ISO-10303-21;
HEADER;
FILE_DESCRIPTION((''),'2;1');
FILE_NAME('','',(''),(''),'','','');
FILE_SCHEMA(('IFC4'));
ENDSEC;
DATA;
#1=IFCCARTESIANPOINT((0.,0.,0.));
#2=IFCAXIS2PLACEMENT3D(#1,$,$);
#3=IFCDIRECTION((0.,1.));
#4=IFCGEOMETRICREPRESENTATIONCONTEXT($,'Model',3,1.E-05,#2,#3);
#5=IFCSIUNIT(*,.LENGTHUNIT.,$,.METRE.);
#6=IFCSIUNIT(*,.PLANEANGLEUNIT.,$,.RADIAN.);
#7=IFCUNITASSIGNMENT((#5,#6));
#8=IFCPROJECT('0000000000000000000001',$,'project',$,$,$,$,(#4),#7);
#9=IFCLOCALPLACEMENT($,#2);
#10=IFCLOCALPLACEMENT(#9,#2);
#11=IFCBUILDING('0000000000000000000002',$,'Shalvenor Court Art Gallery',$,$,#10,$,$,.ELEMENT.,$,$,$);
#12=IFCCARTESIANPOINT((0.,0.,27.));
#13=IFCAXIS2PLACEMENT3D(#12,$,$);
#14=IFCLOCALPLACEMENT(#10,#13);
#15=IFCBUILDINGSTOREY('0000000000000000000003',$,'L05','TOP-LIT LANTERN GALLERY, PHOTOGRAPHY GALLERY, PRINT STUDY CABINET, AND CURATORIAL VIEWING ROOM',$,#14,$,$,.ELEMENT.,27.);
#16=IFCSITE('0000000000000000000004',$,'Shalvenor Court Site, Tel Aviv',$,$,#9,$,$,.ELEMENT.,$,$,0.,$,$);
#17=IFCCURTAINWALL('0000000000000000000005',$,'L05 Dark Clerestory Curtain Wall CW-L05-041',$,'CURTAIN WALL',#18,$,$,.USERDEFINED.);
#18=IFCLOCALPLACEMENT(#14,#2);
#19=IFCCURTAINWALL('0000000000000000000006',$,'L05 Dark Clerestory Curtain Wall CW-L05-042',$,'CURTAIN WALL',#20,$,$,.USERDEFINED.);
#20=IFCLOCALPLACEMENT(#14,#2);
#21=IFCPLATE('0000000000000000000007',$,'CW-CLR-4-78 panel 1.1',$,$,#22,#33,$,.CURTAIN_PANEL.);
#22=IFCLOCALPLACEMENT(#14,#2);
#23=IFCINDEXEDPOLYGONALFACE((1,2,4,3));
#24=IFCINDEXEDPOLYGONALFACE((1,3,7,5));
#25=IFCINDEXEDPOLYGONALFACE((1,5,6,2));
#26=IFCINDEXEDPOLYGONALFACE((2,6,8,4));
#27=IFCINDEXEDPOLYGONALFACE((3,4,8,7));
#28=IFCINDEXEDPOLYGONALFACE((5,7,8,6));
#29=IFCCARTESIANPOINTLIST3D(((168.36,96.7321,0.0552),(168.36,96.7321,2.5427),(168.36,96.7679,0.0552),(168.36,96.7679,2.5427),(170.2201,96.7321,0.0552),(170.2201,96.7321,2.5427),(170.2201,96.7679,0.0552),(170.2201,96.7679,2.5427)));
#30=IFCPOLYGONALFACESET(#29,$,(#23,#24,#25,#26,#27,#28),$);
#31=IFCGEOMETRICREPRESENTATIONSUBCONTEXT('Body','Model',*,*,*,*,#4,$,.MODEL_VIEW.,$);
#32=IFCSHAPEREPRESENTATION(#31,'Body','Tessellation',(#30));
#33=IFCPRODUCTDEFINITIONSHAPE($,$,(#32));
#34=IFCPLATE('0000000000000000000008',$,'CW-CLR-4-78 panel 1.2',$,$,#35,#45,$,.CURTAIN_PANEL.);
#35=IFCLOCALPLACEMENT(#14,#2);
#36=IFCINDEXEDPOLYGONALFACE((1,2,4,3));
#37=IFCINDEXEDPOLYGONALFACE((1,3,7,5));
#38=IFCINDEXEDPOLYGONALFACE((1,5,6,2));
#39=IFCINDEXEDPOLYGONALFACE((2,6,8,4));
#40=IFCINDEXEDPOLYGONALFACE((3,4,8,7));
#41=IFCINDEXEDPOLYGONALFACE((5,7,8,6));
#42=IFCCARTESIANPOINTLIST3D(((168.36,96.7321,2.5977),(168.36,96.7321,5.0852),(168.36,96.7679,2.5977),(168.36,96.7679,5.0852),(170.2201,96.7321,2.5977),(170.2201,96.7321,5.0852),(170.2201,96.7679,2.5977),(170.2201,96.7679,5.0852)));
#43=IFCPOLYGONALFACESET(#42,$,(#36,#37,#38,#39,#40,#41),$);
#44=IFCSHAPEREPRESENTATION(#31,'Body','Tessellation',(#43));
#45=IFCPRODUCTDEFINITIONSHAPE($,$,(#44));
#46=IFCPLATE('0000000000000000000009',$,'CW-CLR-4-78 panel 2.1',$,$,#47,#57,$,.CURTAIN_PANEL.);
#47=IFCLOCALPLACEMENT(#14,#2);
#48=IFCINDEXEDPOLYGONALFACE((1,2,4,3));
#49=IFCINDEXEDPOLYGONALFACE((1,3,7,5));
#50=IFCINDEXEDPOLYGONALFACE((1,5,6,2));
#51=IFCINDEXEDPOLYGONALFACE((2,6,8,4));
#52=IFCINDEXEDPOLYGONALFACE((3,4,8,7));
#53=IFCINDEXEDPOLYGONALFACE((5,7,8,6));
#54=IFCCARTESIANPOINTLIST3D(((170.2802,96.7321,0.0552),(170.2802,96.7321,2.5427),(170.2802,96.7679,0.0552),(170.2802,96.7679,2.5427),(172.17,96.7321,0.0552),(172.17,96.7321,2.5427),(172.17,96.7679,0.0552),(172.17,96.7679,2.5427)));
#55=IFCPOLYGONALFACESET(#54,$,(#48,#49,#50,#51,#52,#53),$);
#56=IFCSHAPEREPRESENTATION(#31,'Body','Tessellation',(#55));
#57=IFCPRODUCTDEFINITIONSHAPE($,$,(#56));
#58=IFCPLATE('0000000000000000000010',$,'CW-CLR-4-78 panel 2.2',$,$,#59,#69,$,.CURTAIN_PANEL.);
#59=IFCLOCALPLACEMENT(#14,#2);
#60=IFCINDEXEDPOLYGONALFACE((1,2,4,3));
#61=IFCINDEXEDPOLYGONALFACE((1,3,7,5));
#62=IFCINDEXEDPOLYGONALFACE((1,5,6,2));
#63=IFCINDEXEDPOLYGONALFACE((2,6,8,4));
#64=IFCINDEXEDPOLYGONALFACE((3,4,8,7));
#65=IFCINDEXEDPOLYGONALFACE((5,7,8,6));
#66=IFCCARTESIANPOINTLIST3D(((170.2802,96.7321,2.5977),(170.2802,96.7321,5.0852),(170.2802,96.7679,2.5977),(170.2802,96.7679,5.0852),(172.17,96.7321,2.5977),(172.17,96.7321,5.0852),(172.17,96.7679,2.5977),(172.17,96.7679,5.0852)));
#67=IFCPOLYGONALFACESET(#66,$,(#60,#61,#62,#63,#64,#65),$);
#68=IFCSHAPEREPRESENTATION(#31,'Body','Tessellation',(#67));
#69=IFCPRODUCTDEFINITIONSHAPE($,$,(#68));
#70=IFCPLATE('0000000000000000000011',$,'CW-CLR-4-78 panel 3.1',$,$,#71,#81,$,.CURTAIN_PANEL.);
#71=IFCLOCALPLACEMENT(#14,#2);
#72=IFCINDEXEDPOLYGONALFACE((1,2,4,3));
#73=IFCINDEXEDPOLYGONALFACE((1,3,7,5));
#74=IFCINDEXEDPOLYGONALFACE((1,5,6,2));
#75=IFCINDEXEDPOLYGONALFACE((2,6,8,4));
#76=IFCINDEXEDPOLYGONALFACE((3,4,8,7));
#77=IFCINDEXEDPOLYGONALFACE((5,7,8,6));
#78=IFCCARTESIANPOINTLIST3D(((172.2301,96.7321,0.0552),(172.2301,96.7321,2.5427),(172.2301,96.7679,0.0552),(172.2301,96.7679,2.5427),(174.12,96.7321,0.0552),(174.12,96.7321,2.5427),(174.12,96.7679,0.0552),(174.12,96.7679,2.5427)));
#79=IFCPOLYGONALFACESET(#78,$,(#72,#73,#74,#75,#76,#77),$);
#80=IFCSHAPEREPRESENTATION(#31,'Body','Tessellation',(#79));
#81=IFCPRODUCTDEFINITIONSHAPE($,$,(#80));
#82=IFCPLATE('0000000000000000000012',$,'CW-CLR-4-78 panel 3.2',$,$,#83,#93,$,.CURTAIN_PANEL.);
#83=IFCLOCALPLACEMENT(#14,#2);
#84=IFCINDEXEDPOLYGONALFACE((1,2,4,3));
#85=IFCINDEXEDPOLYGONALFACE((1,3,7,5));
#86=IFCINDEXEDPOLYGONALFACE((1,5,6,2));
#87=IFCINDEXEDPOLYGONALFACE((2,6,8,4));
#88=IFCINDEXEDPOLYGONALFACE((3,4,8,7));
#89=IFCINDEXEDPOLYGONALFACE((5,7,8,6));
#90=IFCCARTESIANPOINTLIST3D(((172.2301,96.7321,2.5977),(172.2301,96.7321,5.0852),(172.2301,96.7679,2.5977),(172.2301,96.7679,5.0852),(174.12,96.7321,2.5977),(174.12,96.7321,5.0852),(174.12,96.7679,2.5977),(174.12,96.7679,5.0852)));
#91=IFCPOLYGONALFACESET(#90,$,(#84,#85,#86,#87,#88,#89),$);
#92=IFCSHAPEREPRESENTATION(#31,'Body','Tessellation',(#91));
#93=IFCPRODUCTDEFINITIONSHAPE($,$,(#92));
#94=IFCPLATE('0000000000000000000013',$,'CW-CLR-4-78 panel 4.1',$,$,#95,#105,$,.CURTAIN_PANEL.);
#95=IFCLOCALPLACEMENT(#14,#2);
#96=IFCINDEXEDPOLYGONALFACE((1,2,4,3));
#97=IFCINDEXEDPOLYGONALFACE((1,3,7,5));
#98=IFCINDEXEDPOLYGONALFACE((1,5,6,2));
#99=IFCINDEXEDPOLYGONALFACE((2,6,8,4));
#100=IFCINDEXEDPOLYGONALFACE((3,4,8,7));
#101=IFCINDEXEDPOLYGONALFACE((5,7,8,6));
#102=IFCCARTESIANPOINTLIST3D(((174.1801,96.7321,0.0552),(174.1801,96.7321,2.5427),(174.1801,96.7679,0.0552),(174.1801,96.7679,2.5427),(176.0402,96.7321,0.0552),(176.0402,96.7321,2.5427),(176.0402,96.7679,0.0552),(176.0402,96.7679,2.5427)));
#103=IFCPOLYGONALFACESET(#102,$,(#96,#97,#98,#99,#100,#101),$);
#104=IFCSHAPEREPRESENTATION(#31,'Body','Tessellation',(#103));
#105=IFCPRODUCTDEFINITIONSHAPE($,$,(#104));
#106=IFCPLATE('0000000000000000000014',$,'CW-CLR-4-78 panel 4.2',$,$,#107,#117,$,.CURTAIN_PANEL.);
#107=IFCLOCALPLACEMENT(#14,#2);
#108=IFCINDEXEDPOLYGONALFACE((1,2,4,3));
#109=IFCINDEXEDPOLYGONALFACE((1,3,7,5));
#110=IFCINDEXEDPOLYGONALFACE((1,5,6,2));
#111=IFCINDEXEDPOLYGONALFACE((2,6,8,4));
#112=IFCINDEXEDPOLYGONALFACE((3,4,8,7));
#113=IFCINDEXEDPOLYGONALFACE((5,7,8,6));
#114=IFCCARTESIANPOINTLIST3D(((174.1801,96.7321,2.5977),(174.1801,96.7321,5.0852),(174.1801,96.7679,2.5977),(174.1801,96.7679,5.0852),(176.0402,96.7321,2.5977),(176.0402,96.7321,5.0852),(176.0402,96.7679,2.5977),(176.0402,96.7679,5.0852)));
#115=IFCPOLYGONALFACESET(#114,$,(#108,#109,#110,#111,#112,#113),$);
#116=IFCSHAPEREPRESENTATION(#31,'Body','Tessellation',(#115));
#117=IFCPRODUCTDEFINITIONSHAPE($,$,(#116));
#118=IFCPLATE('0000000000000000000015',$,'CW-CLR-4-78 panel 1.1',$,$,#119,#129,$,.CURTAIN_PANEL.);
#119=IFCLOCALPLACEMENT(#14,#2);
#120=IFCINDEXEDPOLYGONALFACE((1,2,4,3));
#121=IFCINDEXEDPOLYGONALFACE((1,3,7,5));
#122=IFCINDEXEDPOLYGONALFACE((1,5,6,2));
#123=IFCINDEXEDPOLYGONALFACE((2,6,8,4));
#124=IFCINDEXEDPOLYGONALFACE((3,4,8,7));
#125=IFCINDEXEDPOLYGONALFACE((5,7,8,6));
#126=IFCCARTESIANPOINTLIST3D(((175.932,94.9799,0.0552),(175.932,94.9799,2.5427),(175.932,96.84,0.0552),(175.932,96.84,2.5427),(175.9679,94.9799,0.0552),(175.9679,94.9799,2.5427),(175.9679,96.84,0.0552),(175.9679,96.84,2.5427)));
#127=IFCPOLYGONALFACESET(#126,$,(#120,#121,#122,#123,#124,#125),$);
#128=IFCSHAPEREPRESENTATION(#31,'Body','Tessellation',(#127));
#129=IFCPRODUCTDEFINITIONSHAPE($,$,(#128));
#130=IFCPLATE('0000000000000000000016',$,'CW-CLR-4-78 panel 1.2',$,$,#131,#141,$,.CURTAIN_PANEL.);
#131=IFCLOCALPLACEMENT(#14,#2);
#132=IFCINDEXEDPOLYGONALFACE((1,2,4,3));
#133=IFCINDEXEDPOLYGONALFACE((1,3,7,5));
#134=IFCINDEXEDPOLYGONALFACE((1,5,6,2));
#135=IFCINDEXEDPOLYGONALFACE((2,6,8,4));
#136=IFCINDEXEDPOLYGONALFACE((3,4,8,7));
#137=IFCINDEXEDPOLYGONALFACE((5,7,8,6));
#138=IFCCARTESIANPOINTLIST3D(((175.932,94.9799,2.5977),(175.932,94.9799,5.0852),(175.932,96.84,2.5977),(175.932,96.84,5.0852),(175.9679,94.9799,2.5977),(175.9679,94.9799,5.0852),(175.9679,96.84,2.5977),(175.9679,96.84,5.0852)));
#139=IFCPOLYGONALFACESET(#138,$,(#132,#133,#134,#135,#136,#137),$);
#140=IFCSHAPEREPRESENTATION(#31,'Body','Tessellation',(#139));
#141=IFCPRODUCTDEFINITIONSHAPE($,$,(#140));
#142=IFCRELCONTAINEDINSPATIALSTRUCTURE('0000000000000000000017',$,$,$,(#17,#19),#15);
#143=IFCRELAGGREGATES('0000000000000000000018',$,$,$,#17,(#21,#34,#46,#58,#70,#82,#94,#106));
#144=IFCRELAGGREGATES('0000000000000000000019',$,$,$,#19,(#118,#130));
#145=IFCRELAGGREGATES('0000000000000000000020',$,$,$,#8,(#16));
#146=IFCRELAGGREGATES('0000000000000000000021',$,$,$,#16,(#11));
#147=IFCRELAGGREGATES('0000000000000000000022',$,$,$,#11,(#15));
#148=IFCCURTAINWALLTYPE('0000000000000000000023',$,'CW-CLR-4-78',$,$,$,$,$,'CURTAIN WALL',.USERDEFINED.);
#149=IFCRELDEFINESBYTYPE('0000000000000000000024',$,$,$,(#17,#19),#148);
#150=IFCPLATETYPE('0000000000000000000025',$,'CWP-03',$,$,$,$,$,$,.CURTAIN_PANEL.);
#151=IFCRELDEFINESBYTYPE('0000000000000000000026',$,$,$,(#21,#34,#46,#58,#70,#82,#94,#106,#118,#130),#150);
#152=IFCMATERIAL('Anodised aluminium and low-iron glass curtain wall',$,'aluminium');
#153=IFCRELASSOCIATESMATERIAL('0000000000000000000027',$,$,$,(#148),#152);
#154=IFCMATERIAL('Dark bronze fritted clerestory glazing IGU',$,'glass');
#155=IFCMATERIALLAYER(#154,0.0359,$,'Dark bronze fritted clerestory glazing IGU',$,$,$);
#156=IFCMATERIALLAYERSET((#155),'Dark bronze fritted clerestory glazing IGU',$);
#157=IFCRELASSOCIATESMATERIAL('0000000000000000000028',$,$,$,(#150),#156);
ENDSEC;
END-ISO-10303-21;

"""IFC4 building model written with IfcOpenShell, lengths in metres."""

from ifc_helpers import new_model, si_unit, direction, frame, origin, origin_2d, place, context, subcontext, project, spatial, rectangle, extrude, material, layer, layer_set, type_object, element, aggregate, save


model = new_model("IFC4")

# Units and contexts
model_context = context("Model", 3, precision=1e-05, world=origin(), true_north=direction((0.0, 1.0)))
body_context = subcontext(model_context, "Body", "Model", "MODEL_VIEW")
ifc_project = project(units=[si_unit("LENGTHUNIT", "METRE"), si_unit("PLANEANGLEUNIT", "RADIAN")], contexts=[model_context])

# Site, building, storey
site_placement = place(None, origin())
site = spatial("IfcSite", under=ifc_project, at=site_placement, Name="Shalvenor Court Site, Tel Aviv", CompositionType="ELEMENT", RefElevation=0.0)
building_placement = place(site_placement, origin())
building = spatial("IfcBuilding", under=site, at=building_placement, Name="Shalvenor Court Art Gallery", CompositionType="ELEMENT")
storey_placement = place(building_placement, frame((0.0, 0.0, 27.0)))
storey = spatial("IfcBuildingStorey", under=building, at=storey_placement, Name="L05", Description="TOP-LIT LANTERN GALLERY, PHOTOGRAPHY GALLERY, PRINT STUDY CABINET, AND CURATORIAL VIEWING ROOM", CompositionType="ELEMENT", Elevation=27.0)

# Curtain wall
ifc_material_1 = material(Name="Anodised aluminium and low-iron glass curtain wall", Category="aluminium")
curtain_wall_type = type_object("IfcCurtainWallType", Name="CW-CLR-4-78", ElementType="CURTAIN WALL", PredefinedType="USERDEFINED", material=ifc_material_1)
curtain_wall_1_placement = place(storey_placement, origin())
curtain_wall_1 = element("IfcCurtainWall", 1, at=curtain_wall_1_placement, inside=storey, type_object=curtain_wall_type, Name="L05 Dark Clerestory Curtain Wall CW-L05-041", ObjectType="CURTAIN WALL", PredefinedType="USERDEFINED")

# Curtain wall
curtain_wall_2_placement = place(storey_placement, origin())
curtain_wall_2 = element("IfcCurtainWall", 2, at=curtain_wall_2_placement, inside=storey, type_object=curtain_wall_type, Name="L05 Dark Clerestory Curtain Wall CW-L05-042", ObjectType="CURTAIN WALL", PredefinedType="USERDEFINED")

# Plates
ifc_material_2 = material(Name="Dark bronze fritted clerestory glazing IGU", Category="glass")
ifc_layer = layer(ifc_material_2, 0.0359, Name="Dark bronze fritted clerestory glazing IGU")
ifc_layer_set = layer_set([ifc_layer], Name="Dark bronze fritted clerestory glazing IGU")
plate_type = type_object("IfcPlateType", Name="CWP-03", PredefinedType="CURTAIN_PANEL", material=ifc_layer_set)
plate_1_placement = place(storey_placement, frame((169.29, 96.75, 0.0552), z_axis=(0.0, 0.0, 1.0), x_axis=(1.0, 0.0, 0.0)))
plate_1 = element("IfcPlate", 3, at=plate_1_placement, type_object=plate_type, Name="CW-CLR-4-78 panel 1.1", PredefinedType="CURTAIN_PANEL", context=body_context, shape_type="SweptSolid", body=[
    extrude(rectangle(XDim=1.8601, YDim=0.0359, at=origin_2d()), origin(), (0.0, 0.0, 1.0), 2.4875),
])
plate_2_placement = place(storey_placement, frame((169.29, 96.75, 2.5977), z_axis=(0.0, 0.0, 1.0), x_axis=(1.0, 0.0, 0.0)))
plate_2 = element("IfcPlate", 4, at=plate_2_placement, type_object=plate_type, Name="CW-CLR-4-78 panel 1.2", PredefinedType="CURTAIN_PANEL", context=body_context, shape_type="SweptSolid", body=[
    extrude(rectangle(XDim=1.8601, YDim=0.0359, at=origin_2d()), origin(), (0.0, 0.0, 1.0), 2.4875),
])
plate_3_placement = place(storey_placement, frame((171.2251, 96.75, 0.0552), z_axis=(0.0, 0.0, 1.0), x_axis=(1.0, 0.0, 0.0)))
plate_3 = element("IfcPlate", 5, at=plate_3_placement, type_object=plate_type, Name="CW-CLR-4-78 panel 2.1", PredefinedType="CURTAIN_PANEL", context=body_context, shape_type="SweptSolid", body=[
    extrude(rectangle(XDim=1.8899, YDim=0.0359, at=origin_2d()), origin(), (0.0, 0.0, 1.0), 2.4875),
])
plate_4_placement = place(storey_placement, frame((171.2251, 96.75, 2.5977), z_axis=(0.0, 0.0, 1.0), x_axis=(1.0, 0.0, 0.0)))
plate_4 = element("IfcPlate", 6, at=plate_4_placement, type_object=plate_type, Name="CW-CLR-4-78 panel 2.2", PredefinedType="CURTAIN_PANEL", context=body_context, shape_type="SweptSolid", body=[
    extrude(rectangle(XDim=1.8899, YDim=0.0359, at=origin_2d()), origin(), (0.0, 0.0, 1.0), 2.4875),
])
plate_5_placement = place(storey_placement, frame((173.175, 96.75, 0.0552), z_axis=(0.0, 0.0, 1.0), x_axis=(1.0, 0.0, 0.0)))
plate_5 = element("IfcPlate", 7, at=plate_5_placement, type_object=plate_type, Name="CW-CLR-4-78 panel 3.1", PredefinedType="CURTAIN_PANEL", context=body_context, shape_type="SweptSolid", body=[
    extrude(rectangle(XDim=1.8899, YDim=0.0359, at=origin_2d()), origin(), (0.0, 0.0, 1.0), 2.4875),
])
plate_6_placement = place(storey_placement, frame((173.175, 96.75, 2.5977), z_axis=(0.0, 0.0, 1.0), x_axis=(1.0, 0.0, 0.0)))
plate_6 = element("IfcPlate", 8, at=plate_6_placement, type_object=plate_type, Name="CW-CLR-4-78 panel 3.2", PredefinedType="CURTAIN_PANEL", context=body_context, shape_type="SweptSolid", body=[
    extrude(rectangle(XDim=1.8899, YDim=0.0359, at=origin_2d()), origin(), (0.0, 0.0, 1.0), 2.4875),
])
plate_7_placement = place(storey_placement, frame((175.1101, 96.75, 0.0552), z_axis=(0.0, 0.0, 1.0), x_axis=(1.0, 0.0, 0.0)))
plate_7 = element("IfcPlate", 9, at=plate_7_placement, type_object=plate_type, Name="CW-CLR-4-78 panel 4.1", PredefinedType="CURTAIN_PANEL", context=body_context, shape_type="SweptSolid", body=[
    extrude(rectangle(XDim=1.8601, YDim=0.0359, at=origin_2d()), origin(), (0.0, 0.0, 1.0), 2.4875),
])
plate_8_placement = place(storey_placement, frame((175.1101, 96.75, 2.5977), z_axis=(0.0, 0.0, 1.0), x_axis=(1.0, 0.0, 0.0)))
plate_8 = element("IfcPlate", 10, at=plate_8_placement, type_object=plate_type, Name="CW-CLR-4-78 panel 4.2", PredefinedType="CURTAIN_PANEL", context=body_context, shape_type="SweptSolid", body=[
    extrude(rectangle(XDim=1.8601, YDim=0.0359, at=origin_2d()), origin(), (0.0, 0.0, 1.0), 2.4875),
])
aggregate(curtain_wall_1, [plate_1, plate_2, plate_3, plate_4, plate_5, plate_6, plate_7, plate_8])
plate_9_placement = place(storey_placement, frame((175.95, 95.9099, 0.0552), z_axis=(0.0, 0.0, 1.0), x_axis=(0.0, -1.0, 0.0)))
plate_9 = element("IfcPlate", 11, at=plate_9_placement, type_object=plate_type, Name="CW-CLR-4-78 panel 1.1", PredefinedType="CURTAIN_PANEL", context=body_context, shape_type="SweptSolid", body=[
    extrude(rectangle(XDim=1.8601, YDim=0.0359, at=origin_2d()), origin(), (0.0, 0.0, 1.0), 2.4875),
])
plate_10_placement = place(storey_placement, frame((175.95, 95.9099, 2.5977), z_axis=(0.0, 0.0, 1.0), x_axis=(0.0, -1.0, 0.0)))
plate_10 = element("IfcPlate", 12, at=plate_10_placement, type_object=plate_type, Name="CW-CLR-4-78 panel 1.2", PredefinedType="CURTAIN_PANEL", context=body_context, shape_type="SweptSolid", body=[
    extrude(rectangle(XDim=1.8601, YDim=0.0359, at=origin_2d()), origin(), (0.0, 0.0, 1.0), 2.4875),
])
aggregate(curtain_wall_2, [plate_9, plate_10])

save(model, "model.ifc")
